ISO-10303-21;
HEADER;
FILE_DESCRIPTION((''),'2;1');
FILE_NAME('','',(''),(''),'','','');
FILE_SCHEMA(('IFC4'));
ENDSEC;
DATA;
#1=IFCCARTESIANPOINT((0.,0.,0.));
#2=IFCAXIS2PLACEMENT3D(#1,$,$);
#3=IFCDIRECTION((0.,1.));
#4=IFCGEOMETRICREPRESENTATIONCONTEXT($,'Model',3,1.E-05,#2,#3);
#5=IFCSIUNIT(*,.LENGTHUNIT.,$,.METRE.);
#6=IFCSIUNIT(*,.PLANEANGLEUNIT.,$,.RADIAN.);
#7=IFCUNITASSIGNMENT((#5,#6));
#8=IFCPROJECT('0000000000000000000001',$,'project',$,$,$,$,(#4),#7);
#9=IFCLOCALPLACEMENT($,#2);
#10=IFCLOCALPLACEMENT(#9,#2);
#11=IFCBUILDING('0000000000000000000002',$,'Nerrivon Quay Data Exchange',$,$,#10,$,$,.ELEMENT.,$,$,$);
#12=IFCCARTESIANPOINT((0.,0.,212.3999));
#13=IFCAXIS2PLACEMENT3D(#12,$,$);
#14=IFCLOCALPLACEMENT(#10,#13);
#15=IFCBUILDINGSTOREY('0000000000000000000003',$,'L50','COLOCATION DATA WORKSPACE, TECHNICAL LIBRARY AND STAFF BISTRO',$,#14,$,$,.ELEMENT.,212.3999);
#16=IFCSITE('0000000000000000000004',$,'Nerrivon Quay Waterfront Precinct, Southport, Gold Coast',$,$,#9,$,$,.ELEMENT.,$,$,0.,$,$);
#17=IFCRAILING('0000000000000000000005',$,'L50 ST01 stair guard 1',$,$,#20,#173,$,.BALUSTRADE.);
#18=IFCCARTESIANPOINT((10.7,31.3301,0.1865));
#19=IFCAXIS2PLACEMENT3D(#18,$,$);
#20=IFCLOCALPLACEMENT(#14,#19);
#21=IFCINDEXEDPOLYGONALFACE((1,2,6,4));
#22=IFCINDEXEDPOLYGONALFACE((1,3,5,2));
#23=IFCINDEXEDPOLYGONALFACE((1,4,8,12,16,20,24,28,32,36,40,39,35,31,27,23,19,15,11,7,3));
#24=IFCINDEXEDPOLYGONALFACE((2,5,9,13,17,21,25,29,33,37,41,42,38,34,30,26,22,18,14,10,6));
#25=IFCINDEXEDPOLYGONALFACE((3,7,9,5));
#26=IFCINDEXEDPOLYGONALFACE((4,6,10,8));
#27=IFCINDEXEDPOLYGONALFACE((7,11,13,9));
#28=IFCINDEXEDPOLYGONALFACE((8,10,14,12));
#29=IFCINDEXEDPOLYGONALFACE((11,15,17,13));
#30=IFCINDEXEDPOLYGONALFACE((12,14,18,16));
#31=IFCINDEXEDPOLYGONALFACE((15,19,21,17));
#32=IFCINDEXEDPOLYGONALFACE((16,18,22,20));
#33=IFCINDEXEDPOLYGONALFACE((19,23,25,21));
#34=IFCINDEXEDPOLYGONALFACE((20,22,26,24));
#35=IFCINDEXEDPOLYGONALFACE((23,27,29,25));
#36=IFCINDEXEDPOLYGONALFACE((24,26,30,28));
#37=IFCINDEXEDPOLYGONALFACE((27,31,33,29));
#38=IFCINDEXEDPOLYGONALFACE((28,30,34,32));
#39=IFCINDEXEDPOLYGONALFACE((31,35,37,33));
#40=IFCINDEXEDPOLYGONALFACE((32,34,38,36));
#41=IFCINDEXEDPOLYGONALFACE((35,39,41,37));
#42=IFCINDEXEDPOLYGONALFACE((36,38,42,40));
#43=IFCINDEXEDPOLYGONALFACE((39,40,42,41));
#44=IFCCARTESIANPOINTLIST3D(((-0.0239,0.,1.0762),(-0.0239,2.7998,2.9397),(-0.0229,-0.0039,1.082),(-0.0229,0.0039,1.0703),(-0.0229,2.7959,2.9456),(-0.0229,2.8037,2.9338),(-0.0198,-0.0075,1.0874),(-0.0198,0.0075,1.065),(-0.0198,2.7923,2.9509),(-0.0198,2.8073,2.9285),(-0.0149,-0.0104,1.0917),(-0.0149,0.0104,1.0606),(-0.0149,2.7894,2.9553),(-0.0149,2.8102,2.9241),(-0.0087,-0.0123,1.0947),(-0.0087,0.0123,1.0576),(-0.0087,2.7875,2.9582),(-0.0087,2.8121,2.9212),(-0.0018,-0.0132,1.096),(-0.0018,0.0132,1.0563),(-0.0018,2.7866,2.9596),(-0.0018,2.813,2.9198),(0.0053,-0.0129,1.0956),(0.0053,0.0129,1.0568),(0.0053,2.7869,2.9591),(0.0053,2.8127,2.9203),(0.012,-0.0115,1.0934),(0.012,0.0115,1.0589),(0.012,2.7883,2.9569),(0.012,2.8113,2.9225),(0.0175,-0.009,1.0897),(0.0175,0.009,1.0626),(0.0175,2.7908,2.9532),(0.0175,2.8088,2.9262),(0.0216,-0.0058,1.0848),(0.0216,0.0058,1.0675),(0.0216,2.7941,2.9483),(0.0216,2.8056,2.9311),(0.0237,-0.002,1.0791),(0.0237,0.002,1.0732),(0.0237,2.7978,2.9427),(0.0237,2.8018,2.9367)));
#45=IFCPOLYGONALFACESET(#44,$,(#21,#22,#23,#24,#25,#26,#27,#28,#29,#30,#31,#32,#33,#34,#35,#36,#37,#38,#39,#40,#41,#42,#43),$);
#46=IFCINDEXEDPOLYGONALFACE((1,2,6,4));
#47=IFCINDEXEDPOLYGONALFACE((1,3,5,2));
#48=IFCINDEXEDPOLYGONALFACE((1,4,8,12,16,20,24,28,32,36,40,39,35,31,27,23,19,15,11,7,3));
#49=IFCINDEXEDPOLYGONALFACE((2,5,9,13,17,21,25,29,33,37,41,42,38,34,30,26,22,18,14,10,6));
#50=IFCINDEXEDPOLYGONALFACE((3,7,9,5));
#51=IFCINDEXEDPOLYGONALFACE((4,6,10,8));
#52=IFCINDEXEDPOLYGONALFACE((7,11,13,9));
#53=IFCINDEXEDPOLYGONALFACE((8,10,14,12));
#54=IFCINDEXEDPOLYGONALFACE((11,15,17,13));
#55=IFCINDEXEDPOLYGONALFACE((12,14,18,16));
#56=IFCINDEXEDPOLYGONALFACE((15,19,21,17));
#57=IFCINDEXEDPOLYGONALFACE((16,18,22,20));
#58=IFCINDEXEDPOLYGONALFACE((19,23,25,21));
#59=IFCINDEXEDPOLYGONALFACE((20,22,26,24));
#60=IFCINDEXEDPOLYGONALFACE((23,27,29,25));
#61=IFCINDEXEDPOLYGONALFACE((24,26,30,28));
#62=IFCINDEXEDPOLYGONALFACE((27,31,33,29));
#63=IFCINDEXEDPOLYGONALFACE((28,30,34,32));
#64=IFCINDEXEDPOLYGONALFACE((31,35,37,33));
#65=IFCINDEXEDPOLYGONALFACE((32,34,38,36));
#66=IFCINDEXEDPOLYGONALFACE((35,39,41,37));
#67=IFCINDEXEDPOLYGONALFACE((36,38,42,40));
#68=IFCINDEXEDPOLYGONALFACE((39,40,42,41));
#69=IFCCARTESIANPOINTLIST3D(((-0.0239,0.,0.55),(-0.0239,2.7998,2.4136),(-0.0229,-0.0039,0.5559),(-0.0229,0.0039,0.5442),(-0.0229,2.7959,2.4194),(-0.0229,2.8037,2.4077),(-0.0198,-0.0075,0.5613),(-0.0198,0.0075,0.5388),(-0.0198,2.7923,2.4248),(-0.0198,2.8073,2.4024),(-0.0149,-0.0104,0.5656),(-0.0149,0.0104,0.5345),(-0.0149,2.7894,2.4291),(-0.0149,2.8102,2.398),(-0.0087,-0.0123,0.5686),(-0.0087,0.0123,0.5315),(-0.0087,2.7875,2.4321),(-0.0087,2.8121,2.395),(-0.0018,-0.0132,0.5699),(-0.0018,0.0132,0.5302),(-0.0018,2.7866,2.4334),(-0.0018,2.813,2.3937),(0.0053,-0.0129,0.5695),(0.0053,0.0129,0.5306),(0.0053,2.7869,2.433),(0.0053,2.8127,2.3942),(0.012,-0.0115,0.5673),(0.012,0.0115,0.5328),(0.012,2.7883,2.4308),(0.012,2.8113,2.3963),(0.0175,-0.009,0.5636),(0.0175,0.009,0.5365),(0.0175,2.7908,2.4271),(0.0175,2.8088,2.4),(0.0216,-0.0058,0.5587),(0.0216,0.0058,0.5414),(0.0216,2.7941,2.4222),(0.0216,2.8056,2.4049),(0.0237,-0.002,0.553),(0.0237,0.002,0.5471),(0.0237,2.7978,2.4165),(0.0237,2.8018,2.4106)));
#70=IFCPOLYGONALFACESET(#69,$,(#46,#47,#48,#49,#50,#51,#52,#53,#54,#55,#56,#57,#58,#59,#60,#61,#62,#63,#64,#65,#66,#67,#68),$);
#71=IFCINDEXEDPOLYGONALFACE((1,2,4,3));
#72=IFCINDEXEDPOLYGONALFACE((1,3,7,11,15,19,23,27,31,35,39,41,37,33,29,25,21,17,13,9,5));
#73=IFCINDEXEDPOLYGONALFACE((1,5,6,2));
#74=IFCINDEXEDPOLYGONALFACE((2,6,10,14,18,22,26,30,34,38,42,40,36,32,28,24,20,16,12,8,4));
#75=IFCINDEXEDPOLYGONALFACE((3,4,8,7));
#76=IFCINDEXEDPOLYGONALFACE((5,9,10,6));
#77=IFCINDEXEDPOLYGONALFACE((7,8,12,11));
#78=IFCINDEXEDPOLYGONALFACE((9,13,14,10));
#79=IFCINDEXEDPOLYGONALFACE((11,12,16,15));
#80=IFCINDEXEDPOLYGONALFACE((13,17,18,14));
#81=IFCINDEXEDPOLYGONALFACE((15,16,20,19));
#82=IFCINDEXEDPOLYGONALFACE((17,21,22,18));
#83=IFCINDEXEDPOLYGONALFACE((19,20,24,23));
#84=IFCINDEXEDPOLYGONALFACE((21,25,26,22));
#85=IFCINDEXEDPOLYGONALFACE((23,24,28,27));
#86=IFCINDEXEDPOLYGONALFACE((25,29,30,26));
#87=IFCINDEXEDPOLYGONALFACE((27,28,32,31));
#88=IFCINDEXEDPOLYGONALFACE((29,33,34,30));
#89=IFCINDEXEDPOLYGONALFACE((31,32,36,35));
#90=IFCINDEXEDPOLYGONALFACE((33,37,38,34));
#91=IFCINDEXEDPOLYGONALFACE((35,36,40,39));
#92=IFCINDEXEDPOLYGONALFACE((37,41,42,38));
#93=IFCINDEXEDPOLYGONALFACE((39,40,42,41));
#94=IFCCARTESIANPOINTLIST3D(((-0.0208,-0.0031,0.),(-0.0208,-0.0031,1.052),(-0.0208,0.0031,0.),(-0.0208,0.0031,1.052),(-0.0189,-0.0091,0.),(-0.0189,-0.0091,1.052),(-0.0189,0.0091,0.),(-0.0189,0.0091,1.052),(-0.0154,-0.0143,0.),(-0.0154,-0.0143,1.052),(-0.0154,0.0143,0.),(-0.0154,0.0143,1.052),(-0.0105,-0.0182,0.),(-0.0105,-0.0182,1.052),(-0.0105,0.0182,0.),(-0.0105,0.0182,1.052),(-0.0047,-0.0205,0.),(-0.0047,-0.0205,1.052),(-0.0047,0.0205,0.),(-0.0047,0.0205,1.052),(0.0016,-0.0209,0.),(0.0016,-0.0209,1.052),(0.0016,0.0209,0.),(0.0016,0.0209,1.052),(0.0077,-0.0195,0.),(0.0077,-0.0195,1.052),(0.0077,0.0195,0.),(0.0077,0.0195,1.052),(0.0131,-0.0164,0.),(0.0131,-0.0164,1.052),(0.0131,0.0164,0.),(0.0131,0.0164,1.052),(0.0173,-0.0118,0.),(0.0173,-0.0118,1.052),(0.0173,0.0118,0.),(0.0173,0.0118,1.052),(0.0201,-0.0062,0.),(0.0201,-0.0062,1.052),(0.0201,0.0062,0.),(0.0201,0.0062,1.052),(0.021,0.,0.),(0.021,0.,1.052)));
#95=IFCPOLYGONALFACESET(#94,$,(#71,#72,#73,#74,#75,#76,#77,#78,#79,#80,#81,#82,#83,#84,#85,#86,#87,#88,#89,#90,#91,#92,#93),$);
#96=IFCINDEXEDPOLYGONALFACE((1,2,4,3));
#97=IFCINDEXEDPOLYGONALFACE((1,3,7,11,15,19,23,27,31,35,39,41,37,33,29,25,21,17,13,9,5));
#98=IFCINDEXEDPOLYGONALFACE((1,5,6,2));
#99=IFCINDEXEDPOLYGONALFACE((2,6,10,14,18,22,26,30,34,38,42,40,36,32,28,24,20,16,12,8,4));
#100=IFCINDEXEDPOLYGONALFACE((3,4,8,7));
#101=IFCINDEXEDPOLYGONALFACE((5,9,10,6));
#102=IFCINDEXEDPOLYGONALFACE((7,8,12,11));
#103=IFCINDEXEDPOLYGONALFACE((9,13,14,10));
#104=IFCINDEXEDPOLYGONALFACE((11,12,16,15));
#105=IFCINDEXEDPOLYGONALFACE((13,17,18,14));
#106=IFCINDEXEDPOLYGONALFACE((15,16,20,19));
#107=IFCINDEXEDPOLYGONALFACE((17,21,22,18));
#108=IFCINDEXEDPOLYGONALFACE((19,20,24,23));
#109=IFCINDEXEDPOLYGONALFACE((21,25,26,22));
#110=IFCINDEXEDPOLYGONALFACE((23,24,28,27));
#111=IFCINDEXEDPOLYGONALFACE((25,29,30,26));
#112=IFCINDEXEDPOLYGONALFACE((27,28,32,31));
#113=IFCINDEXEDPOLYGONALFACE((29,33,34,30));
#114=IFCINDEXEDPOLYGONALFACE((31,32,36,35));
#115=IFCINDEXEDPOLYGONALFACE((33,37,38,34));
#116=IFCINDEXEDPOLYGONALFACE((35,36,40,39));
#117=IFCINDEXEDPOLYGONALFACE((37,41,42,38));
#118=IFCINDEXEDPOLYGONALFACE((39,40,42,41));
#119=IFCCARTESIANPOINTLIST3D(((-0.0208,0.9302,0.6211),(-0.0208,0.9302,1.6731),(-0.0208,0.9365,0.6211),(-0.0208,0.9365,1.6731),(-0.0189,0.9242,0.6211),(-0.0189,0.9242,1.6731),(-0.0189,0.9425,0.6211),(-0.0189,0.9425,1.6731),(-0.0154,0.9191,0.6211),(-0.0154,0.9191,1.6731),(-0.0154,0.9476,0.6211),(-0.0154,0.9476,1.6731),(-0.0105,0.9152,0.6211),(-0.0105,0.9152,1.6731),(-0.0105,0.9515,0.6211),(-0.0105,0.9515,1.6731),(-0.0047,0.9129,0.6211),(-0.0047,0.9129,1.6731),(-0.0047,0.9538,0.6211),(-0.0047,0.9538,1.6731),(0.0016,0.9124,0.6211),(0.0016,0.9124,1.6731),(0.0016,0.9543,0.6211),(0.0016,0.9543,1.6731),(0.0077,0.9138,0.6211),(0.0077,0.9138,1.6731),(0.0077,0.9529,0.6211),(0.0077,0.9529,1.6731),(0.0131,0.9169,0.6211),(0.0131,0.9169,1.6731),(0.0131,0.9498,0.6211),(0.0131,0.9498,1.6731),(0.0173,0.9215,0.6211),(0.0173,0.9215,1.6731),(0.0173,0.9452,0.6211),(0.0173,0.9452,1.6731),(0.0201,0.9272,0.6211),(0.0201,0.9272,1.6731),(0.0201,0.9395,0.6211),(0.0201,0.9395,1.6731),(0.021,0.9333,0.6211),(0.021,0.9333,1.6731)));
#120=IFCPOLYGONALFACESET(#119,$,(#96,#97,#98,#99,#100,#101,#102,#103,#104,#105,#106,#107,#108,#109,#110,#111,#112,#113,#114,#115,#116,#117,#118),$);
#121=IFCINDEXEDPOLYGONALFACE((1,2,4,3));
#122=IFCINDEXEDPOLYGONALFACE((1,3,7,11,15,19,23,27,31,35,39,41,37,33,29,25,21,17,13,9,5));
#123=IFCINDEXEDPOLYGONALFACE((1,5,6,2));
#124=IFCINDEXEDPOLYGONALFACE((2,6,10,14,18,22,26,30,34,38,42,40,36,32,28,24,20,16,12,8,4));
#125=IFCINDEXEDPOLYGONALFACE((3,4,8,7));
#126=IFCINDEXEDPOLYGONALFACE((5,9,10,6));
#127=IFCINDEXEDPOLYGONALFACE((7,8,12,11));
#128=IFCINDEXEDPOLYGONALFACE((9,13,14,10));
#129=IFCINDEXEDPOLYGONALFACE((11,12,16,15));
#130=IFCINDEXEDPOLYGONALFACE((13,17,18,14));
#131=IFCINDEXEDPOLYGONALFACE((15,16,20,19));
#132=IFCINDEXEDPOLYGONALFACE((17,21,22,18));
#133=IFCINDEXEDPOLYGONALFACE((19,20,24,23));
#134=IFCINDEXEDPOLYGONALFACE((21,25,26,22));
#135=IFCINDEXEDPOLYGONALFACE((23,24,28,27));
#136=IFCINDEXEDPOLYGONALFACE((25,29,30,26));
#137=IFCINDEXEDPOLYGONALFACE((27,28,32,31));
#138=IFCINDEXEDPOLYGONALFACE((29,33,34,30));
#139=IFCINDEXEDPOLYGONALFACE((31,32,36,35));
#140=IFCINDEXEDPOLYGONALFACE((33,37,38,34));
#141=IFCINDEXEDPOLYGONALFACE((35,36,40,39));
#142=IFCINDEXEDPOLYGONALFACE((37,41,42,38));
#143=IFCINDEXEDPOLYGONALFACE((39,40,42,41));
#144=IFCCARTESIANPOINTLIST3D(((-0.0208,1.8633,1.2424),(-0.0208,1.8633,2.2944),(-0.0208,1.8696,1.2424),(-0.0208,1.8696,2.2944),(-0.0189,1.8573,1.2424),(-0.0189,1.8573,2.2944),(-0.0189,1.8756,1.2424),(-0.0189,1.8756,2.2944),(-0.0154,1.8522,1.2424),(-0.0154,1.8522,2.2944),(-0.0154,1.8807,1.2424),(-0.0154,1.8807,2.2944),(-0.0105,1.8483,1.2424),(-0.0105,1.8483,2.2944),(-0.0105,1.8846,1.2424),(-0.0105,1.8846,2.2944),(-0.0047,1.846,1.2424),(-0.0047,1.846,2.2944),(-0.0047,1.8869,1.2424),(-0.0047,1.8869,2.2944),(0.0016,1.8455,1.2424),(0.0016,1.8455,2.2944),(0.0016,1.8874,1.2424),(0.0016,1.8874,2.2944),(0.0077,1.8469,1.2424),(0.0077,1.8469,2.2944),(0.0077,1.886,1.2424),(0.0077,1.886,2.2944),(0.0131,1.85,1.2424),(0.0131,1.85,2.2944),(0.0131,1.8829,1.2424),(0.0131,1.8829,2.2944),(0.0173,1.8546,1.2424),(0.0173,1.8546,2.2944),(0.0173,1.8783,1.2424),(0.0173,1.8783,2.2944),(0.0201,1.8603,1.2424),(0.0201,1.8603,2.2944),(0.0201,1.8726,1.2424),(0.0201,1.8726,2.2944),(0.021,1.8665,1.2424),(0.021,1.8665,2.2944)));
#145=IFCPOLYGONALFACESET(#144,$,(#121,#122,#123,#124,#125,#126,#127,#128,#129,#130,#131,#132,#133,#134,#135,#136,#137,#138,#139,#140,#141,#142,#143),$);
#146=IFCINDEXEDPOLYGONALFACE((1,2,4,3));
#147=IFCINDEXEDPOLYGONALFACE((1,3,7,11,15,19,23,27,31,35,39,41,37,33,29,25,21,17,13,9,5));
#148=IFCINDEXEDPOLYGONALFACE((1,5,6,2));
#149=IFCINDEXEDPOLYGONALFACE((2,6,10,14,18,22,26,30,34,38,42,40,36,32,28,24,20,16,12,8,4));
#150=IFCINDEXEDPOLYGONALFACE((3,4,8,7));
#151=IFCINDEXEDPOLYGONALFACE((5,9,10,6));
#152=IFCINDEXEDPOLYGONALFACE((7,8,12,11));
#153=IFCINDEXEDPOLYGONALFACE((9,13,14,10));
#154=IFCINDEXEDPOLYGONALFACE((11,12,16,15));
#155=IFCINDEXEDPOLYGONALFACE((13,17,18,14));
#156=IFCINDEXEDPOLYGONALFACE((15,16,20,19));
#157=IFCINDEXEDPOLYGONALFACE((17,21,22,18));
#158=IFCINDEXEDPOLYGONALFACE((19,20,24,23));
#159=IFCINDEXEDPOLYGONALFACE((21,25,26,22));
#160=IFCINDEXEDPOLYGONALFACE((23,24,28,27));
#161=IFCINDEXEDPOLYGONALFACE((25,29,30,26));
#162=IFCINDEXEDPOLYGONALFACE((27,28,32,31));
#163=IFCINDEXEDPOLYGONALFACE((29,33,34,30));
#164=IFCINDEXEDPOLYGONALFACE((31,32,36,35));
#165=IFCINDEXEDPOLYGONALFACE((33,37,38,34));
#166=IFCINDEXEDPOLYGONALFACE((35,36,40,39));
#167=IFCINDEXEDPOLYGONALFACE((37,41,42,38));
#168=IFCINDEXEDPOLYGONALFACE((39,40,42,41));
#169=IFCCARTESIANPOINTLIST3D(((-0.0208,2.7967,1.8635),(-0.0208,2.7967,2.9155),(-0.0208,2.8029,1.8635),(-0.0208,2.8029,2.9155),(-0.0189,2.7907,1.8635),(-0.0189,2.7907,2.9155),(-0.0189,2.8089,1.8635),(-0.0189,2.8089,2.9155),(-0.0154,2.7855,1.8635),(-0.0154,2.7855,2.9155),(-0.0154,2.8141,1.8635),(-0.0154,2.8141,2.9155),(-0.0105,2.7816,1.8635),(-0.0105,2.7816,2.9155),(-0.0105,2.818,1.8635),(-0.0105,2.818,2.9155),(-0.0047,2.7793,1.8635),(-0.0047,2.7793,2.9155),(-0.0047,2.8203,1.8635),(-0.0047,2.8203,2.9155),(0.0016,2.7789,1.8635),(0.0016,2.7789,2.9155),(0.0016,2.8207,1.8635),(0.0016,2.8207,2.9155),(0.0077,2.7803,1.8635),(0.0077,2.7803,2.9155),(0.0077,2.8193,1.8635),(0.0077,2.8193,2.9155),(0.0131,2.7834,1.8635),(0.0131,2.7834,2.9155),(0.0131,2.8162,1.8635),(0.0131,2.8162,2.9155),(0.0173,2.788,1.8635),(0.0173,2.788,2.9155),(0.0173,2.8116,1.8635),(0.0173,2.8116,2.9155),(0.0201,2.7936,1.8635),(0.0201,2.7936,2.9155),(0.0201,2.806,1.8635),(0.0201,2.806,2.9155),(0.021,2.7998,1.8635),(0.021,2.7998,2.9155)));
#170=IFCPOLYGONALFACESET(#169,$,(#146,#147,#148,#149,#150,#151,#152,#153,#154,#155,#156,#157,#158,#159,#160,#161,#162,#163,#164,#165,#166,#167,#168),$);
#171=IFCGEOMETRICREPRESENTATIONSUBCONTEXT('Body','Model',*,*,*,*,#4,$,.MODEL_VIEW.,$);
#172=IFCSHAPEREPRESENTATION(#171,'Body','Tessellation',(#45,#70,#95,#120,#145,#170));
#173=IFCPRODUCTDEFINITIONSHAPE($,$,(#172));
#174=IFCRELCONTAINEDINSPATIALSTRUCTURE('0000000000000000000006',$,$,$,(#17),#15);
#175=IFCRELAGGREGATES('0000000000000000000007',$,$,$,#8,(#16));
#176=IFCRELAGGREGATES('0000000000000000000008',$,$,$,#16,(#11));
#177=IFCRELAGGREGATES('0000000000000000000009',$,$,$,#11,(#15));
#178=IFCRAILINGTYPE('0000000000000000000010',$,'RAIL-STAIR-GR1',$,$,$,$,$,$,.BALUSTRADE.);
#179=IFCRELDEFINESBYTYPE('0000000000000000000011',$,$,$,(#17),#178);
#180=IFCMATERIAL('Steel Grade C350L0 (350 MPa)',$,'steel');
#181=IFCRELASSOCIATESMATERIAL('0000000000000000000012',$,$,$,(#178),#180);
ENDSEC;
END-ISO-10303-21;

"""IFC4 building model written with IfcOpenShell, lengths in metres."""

from ifc_helpers import new_model, si_unit, direction, frame, origin, origin_2d, place, context, subcontext, project, spatial, circle, extrude, material, type_object, element, save


model = new_model("IFC4")

# Units and contexts
model_context = context("Model", 3, precision=1e-05, world=origin(), true_north=direction((0.0, 1.0)))
body_context = subcontext(model_context, "Body", "Model", "MODEL_VIEW")
ifc_project = project(units=[si_unit("LENGTHUNIT", "METRE"), si_unit("PLANEANGLEUNIT", "RADIAN")], contexts=[model_context])

# Site, building, storey
site_placement = place(None, origin())
site = spatial("IfcSite", under=ifc_project, at=site_placement, Name="Nerrivon Quay Waterfront Precinct, Southport, Gold Coast", CompositionType="ELEMENT", RefElevation=0.0)
building_placement = place(site_placement, origin())
building = spatial("IfcBuilding", under=site, at=building_placement, Name="Nerrivon Quay Data Exchange", CompositionType="ELEMENT")
storey_placement = place(building_placement, frame((0.0, 0.0, 212.3999)))
storey = spatial("IfcBuildingStorey", under=building, at=storey_placement, Name="L50", Description="COLOCATION DATA WORKSPACE, TECHNICAL LIBRARY AND STAFF BISTRO", CompositionType="ELEMENT", Elevation=212.3999)

# Railing
ifc_material_1 = material(Name="Steel Grade C350L0 (350 MPa)", Category="steel")
railing_type_1 = type_object("IfcRailingType", Name="RAIL-STAIR-GR1", PredefinedType="BALUSTRADE", material=ifc_material_1)
railing_1_placement = place(storey_placement, frame((10.7, 31.3301, 0.1865)))
element("IfcRailing", 1, at=railing_1_placement, inside=storey, type_object=railing_type_1, Name="L50 ST01 stair guard 1", PredefinedType="BALUSTRADE", context=body_context, shape_type="SweptSolid", body=[
    extrude(circle(Radius=0.0239, at=origin_2d()), frame((0.0, 0.0, 1.0762), z_axis=(0.0, 0.832463, 0.55408), x_axis=(-1.0, 0.0, 0.0)), (0.0, 0.0, 1.0), 3.3633),
    extrude(circle(Radius=0.0239, at=origin_2d()), frame((0.0, 0.0, 0.55), z_axis=(0.0, 0.832463, 0.55408), x_axis=(-1.0, 0.0, 0.0)), (0.0, 0.0, 1.0), 3.3633),
    extrude(circle(Radius=0.021, at=origin_2d()), origin(), (0.0, 0.0, 1.0), 1.052),
    extrude(circle(Radius=0.021, at=origin_2d()), frame((0.0, 0.9333, 0.6211)), (0.0, 0.0, 1.0), 1.052),
    extrude(circle(Radius=0.021, at=origin_2d()), frame((0.0, 1.8665, 1.2424)), (0.0, 0.0, 1.0), 1.052),
    extrude(circle(Radius=0.021, at=origin_2d()), frame((0.0, 2.7998, 1.8635)), (0.0, 0.0, 1.0), 1.052),
])

save(model, "model.ifc")
